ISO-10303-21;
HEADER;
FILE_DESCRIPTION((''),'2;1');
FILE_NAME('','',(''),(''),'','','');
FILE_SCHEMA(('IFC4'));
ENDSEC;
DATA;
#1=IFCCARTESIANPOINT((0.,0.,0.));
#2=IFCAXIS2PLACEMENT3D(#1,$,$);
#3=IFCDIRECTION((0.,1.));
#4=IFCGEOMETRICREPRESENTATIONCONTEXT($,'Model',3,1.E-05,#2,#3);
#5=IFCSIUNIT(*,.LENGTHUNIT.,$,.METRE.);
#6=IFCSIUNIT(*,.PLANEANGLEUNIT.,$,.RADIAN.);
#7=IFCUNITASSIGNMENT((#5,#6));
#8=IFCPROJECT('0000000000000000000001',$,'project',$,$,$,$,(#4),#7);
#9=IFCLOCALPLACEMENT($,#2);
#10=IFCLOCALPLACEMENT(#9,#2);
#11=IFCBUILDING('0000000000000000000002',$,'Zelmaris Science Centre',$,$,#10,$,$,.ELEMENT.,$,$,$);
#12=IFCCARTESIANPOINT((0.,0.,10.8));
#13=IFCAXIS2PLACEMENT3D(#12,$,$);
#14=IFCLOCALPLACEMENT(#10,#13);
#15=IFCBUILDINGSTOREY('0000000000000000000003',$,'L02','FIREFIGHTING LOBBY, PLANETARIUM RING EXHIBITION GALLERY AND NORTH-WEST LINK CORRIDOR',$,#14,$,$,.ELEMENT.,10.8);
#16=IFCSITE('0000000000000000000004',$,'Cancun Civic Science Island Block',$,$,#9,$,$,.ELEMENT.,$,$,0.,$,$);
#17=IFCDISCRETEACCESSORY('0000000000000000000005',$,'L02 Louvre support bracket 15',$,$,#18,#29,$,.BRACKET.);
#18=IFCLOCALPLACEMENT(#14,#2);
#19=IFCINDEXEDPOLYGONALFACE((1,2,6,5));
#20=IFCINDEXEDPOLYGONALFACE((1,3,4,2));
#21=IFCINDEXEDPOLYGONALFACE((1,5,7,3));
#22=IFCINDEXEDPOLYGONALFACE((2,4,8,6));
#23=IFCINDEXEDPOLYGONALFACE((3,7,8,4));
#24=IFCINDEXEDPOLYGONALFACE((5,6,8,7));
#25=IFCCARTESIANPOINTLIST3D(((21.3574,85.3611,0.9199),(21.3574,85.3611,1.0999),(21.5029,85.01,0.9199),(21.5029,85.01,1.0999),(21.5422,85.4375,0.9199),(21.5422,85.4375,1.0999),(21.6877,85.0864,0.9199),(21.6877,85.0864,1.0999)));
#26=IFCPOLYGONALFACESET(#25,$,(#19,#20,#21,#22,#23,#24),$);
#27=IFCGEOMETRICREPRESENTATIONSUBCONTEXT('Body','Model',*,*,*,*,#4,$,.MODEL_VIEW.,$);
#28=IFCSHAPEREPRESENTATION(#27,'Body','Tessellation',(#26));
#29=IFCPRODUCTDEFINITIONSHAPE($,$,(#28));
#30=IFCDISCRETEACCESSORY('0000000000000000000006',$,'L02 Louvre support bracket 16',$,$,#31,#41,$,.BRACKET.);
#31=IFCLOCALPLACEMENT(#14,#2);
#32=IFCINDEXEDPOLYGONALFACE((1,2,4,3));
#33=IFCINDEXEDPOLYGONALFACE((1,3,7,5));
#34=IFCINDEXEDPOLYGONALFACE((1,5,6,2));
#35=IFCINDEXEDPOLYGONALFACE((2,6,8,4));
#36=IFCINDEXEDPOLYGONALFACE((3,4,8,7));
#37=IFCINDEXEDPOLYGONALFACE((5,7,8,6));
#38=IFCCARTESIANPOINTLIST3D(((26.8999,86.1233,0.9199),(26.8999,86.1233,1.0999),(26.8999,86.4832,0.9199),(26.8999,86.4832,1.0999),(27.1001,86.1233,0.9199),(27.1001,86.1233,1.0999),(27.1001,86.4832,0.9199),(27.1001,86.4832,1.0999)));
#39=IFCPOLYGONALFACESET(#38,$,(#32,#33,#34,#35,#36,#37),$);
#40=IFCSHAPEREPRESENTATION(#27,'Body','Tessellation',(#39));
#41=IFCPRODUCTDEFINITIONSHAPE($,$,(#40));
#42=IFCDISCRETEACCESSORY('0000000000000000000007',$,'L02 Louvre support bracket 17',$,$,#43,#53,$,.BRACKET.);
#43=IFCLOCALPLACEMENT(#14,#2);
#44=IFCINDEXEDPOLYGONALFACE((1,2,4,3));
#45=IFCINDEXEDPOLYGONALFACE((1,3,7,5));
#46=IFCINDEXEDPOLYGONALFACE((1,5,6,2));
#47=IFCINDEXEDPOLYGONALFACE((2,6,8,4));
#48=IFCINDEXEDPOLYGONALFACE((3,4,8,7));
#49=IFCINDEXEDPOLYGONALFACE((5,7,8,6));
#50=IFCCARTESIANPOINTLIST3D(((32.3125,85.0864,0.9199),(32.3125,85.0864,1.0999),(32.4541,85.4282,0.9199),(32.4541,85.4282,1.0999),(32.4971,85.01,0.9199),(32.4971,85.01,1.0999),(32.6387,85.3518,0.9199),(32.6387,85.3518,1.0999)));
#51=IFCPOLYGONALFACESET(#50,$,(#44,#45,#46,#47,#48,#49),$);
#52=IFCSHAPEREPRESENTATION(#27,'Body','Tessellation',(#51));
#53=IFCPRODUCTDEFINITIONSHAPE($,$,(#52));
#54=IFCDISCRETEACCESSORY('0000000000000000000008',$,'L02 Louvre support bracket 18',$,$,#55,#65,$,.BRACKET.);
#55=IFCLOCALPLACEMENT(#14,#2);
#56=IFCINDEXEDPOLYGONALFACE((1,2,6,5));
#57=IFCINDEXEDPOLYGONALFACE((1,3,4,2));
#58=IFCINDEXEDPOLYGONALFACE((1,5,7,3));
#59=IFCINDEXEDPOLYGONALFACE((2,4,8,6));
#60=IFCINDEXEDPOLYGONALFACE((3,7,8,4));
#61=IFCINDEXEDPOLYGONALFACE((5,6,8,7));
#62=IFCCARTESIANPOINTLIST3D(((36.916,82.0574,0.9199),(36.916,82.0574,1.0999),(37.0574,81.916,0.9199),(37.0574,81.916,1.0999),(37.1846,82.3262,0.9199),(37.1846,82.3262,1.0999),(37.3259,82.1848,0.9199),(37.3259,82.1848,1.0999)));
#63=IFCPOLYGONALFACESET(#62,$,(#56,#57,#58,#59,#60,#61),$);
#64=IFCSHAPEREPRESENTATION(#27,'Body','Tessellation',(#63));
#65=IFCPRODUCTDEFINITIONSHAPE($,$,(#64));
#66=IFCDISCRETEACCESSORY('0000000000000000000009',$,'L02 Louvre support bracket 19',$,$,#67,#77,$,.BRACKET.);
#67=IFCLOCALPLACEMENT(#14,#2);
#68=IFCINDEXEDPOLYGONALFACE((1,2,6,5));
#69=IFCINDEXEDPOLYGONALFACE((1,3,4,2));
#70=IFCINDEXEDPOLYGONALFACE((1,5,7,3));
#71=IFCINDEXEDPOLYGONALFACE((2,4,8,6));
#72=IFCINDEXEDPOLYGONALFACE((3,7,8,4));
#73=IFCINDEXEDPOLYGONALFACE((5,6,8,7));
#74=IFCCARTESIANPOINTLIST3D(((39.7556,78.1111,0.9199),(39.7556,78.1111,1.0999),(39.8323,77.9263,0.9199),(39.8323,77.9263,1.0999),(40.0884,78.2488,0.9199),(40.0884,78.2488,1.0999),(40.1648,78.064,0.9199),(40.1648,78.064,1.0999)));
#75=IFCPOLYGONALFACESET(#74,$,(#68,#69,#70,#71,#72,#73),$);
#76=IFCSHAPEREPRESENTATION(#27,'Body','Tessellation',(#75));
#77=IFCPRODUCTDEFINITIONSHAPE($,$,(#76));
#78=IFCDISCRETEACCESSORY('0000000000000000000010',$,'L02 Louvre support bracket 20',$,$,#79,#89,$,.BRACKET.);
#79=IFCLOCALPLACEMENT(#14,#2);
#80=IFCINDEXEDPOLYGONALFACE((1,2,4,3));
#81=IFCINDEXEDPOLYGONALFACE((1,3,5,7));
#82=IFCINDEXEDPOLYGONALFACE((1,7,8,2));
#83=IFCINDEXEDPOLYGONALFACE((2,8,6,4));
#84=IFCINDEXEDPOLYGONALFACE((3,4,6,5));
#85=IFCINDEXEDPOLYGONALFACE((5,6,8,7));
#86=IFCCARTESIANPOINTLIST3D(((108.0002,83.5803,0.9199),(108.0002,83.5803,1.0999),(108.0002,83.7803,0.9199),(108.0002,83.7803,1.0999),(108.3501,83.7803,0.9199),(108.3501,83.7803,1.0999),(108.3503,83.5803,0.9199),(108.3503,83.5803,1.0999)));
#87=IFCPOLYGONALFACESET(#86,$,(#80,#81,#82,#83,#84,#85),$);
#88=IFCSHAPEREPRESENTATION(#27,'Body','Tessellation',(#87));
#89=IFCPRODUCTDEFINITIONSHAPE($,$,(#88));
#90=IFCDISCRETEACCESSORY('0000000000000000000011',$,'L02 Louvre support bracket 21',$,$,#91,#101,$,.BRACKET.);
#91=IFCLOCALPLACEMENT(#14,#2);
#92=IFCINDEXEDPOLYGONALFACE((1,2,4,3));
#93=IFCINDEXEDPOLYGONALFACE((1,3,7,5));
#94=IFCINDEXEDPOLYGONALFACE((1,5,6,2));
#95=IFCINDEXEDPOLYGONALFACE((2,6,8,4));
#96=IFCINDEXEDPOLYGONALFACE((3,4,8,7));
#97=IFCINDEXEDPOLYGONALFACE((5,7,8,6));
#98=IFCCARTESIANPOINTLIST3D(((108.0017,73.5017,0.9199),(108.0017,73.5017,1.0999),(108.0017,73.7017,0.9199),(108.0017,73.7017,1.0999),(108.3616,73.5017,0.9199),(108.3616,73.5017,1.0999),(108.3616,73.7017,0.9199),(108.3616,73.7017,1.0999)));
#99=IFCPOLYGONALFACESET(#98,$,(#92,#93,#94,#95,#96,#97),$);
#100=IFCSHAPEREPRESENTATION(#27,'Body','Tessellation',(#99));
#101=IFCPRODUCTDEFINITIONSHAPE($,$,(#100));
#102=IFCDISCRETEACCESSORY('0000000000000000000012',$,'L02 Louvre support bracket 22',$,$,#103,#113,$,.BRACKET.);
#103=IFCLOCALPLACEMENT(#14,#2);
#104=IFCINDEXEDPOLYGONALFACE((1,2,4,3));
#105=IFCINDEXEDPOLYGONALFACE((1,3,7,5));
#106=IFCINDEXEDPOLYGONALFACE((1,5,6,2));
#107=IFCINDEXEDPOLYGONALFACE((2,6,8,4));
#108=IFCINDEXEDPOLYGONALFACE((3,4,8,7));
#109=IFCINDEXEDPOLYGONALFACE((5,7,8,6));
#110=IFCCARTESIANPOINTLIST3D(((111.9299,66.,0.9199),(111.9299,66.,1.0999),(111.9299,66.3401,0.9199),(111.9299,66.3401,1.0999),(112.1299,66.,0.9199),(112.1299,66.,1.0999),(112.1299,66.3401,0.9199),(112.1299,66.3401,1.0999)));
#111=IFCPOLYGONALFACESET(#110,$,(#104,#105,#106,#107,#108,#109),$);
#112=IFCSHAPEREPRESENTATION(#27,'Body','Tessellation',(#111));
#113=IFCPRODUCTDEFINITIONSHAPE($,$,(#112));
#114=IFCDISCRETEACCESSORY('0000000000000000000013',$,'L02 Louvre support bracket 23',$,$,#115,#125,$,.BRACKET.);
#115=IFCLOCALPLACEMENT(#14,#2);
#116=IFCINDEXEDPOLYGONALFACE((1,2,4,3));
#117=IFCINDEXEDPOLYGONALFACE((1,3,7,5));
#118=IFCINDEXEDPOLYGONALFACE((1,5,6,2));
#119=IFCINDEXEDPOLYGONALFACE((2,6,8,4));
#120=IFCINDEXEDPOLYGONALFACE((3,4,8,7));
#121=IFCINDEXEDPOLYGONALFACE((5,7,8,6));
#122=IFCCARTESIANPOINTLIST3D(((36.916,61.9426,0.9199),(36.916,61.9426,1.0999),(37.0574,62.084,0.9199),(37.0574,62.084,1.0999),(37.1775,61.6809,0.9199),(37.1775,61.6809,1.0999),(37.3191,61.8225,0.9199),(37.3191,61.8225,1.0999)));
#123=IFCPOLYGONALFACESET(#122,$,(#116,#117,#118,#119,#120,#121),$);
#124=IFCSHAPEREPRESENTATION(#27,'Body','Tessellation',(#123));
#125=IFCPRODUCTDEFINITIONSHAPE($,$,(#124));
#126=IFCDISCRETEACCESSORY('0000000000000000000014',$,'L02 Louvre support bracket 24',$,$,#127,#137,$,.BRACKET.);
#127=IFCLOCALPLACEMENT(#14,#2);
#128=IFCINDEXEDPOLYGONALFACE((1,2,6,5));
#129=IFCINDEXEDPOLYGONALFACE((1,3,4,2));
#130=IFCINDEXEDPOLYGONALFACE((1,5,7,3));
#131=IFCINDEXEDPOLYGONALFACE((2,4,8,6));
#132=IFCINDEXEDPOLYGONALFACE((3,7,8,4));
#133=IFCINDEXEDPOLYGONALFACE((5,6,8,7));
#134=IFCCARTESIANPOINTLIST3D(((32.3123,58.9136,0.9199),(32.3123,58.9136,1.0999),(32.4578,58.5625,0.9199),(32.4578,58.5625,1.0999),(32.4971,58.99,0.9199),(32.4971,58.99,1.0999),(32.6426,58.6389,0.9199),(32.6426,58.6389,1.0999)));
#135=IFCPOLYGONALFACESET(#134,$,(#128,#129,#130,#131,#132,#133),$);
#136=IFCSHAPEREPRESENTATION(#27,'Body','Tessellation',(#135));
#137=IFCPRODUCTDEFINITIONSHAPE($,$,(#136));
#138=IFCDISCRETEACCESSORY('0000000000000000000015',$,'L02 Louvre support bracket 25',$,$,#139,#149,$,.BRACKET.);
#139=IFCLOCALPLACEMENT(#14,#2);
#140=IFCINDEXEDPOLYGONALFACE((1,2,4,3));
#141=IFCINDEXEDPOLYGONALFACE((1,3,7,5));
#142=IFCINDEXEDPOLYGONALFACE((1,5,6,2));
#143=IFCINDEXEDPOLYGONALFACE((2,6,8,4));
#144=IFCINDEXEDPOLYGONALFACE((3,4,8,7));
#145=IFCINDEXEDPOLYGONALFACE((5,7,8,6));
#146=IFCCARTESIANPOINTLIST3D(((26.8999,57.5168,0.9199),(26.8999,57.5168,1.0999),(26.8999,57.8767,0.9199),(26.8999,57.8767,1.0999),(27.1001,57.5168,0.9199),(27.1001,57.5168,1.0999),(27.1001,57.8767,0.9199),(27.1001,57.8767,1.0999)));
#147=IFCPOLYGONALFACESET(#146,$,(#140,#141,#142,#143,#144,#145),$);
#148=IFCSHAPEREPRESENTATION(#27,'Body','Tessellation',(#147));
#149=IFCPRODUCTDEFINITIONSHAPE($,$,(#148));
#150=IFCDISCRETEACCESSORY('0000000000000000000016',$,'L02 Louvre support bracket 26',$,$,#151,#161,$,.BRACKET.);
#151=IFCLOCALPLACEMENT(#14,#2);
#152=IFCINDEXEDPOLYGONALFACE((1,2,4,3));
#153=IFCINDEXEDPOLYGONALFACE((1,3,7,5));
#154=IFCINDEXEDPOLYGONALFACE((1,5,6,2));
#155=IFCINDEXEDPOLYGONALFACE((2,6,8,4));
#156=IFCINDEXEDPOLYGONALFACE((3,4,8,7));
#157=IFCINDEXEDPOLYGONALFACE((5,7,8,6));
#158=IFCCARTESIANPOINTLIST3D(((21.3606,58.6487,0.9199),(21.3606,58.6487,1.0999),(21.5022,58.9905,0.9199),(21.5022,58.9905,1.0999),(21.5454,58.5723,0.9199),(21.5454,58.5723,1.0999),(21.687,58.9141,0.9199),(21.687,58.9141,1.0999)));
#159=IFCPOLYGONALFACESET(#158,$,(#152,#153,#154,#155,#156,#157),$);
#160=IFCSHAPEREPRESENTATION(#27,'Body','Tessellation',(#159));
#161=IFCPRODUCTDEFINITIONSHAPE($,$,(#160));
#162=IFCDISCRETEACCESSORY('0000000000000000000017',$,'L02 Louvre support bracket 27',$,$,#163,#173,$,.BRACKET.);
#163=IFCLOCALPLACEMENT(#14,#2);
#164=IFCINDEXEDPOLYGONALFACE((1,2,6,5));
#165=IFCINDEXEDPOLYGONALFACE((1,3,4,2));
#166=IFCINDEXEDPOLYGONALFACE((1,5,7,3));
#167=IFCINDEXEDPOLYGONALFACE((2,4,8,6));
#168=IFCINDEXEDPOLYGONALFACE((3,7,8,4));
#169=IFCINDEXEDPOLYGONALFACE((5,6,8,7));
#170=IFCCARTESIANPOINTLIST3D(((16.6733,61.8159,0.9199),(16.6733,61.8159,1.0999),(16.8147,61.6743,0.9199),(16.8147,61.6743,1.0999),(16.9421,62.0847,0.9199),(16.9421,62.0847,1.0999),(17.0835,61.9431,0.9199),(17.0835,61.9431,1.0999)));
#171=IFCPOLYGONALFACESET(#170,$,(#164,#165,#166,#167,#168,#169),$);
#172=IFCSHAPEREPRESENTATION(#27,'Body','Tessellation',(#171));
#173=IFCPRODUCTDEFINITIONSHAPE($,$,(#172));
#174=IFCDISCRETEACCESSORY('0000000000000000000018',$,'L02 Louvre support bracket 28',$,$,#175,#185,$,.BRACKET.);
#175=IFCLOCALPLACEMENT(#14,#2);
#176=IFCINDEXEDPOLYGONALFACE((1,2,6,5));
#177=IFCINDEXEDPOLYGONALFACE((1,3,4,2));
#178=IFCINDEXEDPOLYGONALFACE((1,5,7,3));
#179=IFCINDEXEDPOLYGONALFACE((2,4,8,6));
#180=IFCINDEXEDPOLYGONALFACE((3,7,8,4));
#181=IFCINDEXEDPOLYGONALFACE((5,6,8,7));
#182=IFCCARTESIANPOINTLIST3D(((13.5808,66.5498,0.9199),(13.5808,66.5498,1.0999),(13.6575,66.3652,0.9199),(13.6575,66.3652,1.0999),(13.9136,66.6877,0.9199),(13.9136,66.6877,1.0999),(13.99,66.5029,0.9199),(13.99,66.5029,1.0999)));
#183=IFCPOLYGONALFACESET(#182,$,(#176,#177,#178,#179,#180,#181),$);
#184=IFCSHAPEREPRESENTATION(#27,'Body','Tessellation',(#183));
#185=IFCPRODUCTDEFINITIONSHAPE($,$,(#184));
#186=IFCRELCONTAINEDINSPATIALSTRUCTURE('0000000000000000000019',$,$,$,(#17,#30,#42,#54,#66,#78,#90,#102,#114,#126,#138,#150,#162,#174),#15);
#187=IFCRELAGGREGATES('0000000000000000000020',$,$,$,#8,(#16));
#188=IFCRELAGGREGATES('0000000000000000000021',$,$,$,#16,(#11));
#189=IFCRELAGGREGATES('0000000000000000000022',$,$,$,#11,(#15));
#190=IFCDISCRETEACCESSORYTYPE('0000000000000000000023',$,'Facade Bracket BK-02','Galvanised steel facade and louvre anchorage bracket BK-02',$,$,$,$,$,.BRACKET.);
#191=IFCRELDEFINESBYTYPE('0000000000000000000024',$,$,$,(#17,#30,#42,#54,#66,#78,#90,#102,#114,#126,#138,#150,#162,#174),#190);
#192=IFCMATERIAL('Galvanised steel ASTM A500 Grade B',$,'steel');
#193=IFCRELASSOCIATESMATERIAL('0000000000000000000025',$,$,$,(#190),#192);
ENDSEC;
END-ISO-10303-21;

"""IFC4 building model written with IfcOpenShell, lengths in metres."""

from ifc_helpers import new_model, si_unit, direction, frame, origin, place, context, subcontext, project, spatial, polyline, outline, extrude, material, type_object, element, save


model = new_model("IFC4")

# Units and contexts
model_context = context("Model", 3, precision=1e-05, world=origin(), true_north=direction((0.0, 1.0)))
body_context = subcontext(model_context, "Body", "Model", "MODEL_VIEW")
ifc_project = project(units=[si_unit("LENGTHUNIT", "METRE"), si_unit("PLANEANGLEUNIT", "RADIAN")], contexts=[model_context])

# Site, building, storey
site_placement = place(None, origin())
site = spatial("IfcSite", under=ifc_project, at=site_placement, Name="Cancun Civic Science Island Block", CompositionType="ELEMENT", RefElevation=0.0)
building_placement = place(site_placement, origin())
building = spatial("IfcBuilding", under=site, at=building_placement, Name="Zelmaris Science Centre", CompositionType="ELEMENT")
storey_placement = place(building_placement, frame((0.0, 0.0, 10.8)))
storey = spatial("IfcBuildingStorey", under=building, at=storey_placement, Name="L02", Description="FIREFIGHTING LOBBY, PLANETARIUM RING EXHIBITION GALLERY AND NORTH-WEST LINK CORRIDOR", CompositionType="ELEMENT", Elevation=10.8)

# Discrete accessories
ifc_material_1 = material(Name="Galvanised steel ASTM A500 Grade B", Category="steel")
discrete_accessory_type_1 = type_object("IfcDiscreteAccessoryType", Name="Facade Bracket BK-02", Description="Galvanised steel facade and louvre anchorage bracket BK-02", PredefinedType="BRACKET", material=ifc_material_1)
discrete_accessory_1_placement = place(storey_placement, frame((0.0, 0.0, 0.9199)))
element("IfcDiscreteAccessory", 1, at=discrete_accessory_1_placement, inside=storey, type_object=discrete_accessory_type_1, Name="L02 Louvre support bracket 15", PredefinedType="BRACKET", context=body_context, shape_type="SweptSolid", body=[
    extrude(outline(polyline([(21.5029, 85.01), (21.6877, 85.0864), (21.5422, 85.4375), (21.3574, 85.3611), (21.5029, 85.01)])), origin(), (0.0, 0.0, 1.0), 0.1799),
])
discrete_accessory_2_placement = place(storey_placement, frame((0.0, 0.0, 0.9199)))
element("IfcDiscreteAccessory", 2, at=discrete_accessory_2_placement, inside=storey, type_object=discrete_accessory_type_1, Name="L02 Louvre support bracket 16", PredefinedType="BRACKET", context=body_context, shape_type="SweptSolid", body=[
    extrude(outline(polyline([(26.8999, 86.1233), (27.1001, 86.1233), (27.1001, 86.4832), (26.8999, 86.4832), (26.8999, 86.1233)])), origin(), (0.0, 0.0, 1.0), 0.1799),
])
discrete_accessory_3_placement = place(storey_placement, frame((0.0, 0.0, 0.9199)))
element("IfcDiscreteAccessory", 3, at=discrete_accessory_3_placement, inside=storey, type_object=discrete_accessory_type_1, Name="L02 Louvre support bracket 17", PredefinedType="BRACKET", context=body_context, shape_type="SweptSolid", body=[
    extrude(outline(polyline([(32.3125, 85.0864), (32.4971, 85.01), (32.6387, 85.3518), (32.4541, 85.4282), (32.3125, 85.0864)])), origin(), (0.0, 0.0, 1.0), 0.1799),
])
discrete_accessory_4_placement = place(storey_placement, frame((0.0, 0.0, 0.9199)))
element("IfcDiscreteAccessory", 4, at=discrete_accessory_4_placement, inside=storey, type_object=discrete_accessory_type_1, Name="L02 Louvre support bracket 18", PredefinedType="BRACKET", context=body_context, shape_type="SweptSolid", body=[
    extrude(outline(polyline([(36.916, 82.0574), (37.0574, 81.916), (37.3259, 82.1848), (37.1846, 82.3262), (36.916, 82.0574)])), origin(), (0.0, 0.0, 1.0), 0.1799),
])
discrete_accessory_5_placement = place(storey_placement, frame((0.0, 0.0, 0.9199)))
element("IfcDiscreteAccessory", 5, at=discrete_accessory_5_placement, inside=storey, type_object=discrete_accessory_type_1, Name="L02 Louvre support bracket 19", PredefinedType="BRACKET", context=body_context, shape_type="SweptSolid", body=[
    extrude(outline(polyline([(39.7556, 78.1111), (39.8323, 77.9263), (40.1648, 78.064), (40.0884, 78.2488), (39.7556, 78.1111)])), origin(), (0.0, 0.0, 1.0), 0.1799),
])
discrete_accessory_6_placement = place(storey_placement, frame((0.0, 0.0, 0.9199)))
element("IfcDiscreteAccessory", 6, at=discrete_accessory_6_placement, inside=storey, type_object=discrete_accessory_type_1, Name="L02 Louvre support bracket 20", PredefinedType="BRACKET", context=body_context, shape_type="SweptSolid", body=[
    extrude(outline(polyline([(108.0002, 83.7803), (108.0002, 83.5803), (108.3503, 83.5803), (108.3501, 83.7803), (108.0002, 83.7803)])), origin(), (0.0, 0.0, 1.0), 0.1799),
])
discrete_accessory_7_placement = place(storey_placement, frame((0.0, 0.0, 0.9199)))
element("IfcDiscreteAccessory", 7, at=discrete_accessory_7_placement, inside=storey, type_object=discrete_accessory_type_1, Name="L02 Louvre support bracket 21", PredefinedType="BRACKET", context=body_context, shape_type="SweptSolid", body=[
    extrude(outline(polyline([(108.0017, 73.7017), (108.0017, 73.5017), (108.3616, 73.5017), (108.3616, 73.7017), (108.0017, 73.7017)])), origin(), (0.0, 0.0, 1.0), 0.1799),
])
discrete_accessory_8_placement = place(storey_placement, frame((0.0, 0.0, 0.9199)))
element("IfcDiscreteAccessory", 8, at=discrete_accessory_8_placement, inside=storey, type_object=discrete_accessory_type_1, Name="L02 Louvre support bracket 22", PredefinedType="BRACKET", context=body_context, shape_type="SweptSolid", body=[
    extrude(outline(polyline([(111.9299, 66.0), (112.1299, 66.0), (112.1299, 66.3401), (111.9299, 66.3401), (111.9299, 66.0)])), origin(), (0.0, 0.0, 1.0), 0.1799),
])
discrete_accessory_9_placement = place(storey_placement, frame((0.0, 0.0, 0.9199)))
element("IfcDiscreteAccessory", 9, at=discrete_accessory_9_placement, inside=storey, type_object=discrete_accessory_type_1, Name="L02 Louvre support bracket 23", PredefinedType="BRACKET", context=body_context, shape_type="SweptSolid", body=[
    extrude(outline(polyline([(37.0574, 62.084), (36.916, 61.9426), (37.1775, 61.6809), (37.3191, 61.8225), (37.0574, 62.084)])), origin(), (0.0, 0.0, 1.0), 0.1799),
])
discrete_accessory_10_placement = place(storey_placement, frame((0.0, 0.0, 0.9199)))
element("IfcDiscreteAccessory", 10, at=discrete_accessory_10_placement, inside=storey, type_object=discrete_accessory_type_1, Name="L02 Louvre support bracket 24", PredefinedType="BRACKET", context=body_context, shape_type="SweptSolid", body=[
    extrude(outline(polyline([(32.4971, 58.99), (32.3123, 58.9136), (32.4578, 58.5625), (32.6426, 58.6389), (32.4971, 58.99)])), origin(), (0.0, 0.0, 1.0), 0.1799),
])
discrete_accessory_11_placement = place(storey_placement, frame((0.0, 0.0, 0.9199)))
element("IfcDiscreteAccessory", 11, at=discrete_accessory_11_placement, inside=storey, type_object=discrete_accessory_type_1, Name="L02 Louvre support bracket 25", PredefinedType="BRACKET", context=body_context, shape_type="SweptSolid", body=[
    extrude(outline(polyline([(27.1001, 57.8767), (26.8999, 57.8767), (26.8999, 57.5168), (27.1001, 57.5168), (27.1001, 57.8767)])), origin(), (0.0, 0.0, 1.0), 0.1799),
])
discrete_accessory_12_placement = place(storey_placement, frame((0.0, 0.0, 0.9199)))
element("IfcDiscreteAccessory", 12, at=discrete_accessory_12_placement, inside=storey, type_object=discrete_accessory_type_1, Name="L02 Louvre support bracket 26", PredefinedType="BRACKET", context=body_context, shape_type="SweptSolid", body=[
    extrude(outline(polyline([(21.687, 58.9141), (21.5022, 58.9905), (21.3606, 58.6487), (21.5454, 58.5723), (21.687, 58.9141)])), origin(), (0.0, 0.0, 1.0), 0.1799),
])
discrete_accessory_13_placement = place(storey_placement, frame((0.0, 0.0, 0.9199)))
element("IfcDiscreteAccessory", 13, at=discrete_accessory_13_placement, inside=storey, type_object=discrete_accessory_type_1, Name="L02 Louvre support bracket 27", PredefinedType="BRACKET", context=body_context, shape_type="SweptSolid", body=[
    extrude(outline(polyline([(17.0835, 61.9431), (16.9421, 62.0847), (16.6733, 61.8159), (16.8147, 61.6743), (17.0835, 61.9431)])), origin(), (0.0, 0.0, 1.0), 0.1799),
])
discrete_accessory_14_placement = place(storey_placement, frame((0.0, 0.0, 0.9199)))
element("IfcDiscreteAccessory", 14, at=discrete_accessory_14_placement, inside=storey, type_object=discrete_accessory_type_1, Name="L02 Louvre support bracket 28", PredefinedType="BRACKET", context=body_context, shape_type="SweptSolid", body=[
    extrude(outline(polyline([(13.99, 66.5029), (13.9136, 66.6877), (13.5808, 66.5498), (13.6575, 66.3652), (13.99, 66.5029)])), origin(), (0.0, 0.0, 1.0), 0.1799),
])

save(model, "model.ifc")
